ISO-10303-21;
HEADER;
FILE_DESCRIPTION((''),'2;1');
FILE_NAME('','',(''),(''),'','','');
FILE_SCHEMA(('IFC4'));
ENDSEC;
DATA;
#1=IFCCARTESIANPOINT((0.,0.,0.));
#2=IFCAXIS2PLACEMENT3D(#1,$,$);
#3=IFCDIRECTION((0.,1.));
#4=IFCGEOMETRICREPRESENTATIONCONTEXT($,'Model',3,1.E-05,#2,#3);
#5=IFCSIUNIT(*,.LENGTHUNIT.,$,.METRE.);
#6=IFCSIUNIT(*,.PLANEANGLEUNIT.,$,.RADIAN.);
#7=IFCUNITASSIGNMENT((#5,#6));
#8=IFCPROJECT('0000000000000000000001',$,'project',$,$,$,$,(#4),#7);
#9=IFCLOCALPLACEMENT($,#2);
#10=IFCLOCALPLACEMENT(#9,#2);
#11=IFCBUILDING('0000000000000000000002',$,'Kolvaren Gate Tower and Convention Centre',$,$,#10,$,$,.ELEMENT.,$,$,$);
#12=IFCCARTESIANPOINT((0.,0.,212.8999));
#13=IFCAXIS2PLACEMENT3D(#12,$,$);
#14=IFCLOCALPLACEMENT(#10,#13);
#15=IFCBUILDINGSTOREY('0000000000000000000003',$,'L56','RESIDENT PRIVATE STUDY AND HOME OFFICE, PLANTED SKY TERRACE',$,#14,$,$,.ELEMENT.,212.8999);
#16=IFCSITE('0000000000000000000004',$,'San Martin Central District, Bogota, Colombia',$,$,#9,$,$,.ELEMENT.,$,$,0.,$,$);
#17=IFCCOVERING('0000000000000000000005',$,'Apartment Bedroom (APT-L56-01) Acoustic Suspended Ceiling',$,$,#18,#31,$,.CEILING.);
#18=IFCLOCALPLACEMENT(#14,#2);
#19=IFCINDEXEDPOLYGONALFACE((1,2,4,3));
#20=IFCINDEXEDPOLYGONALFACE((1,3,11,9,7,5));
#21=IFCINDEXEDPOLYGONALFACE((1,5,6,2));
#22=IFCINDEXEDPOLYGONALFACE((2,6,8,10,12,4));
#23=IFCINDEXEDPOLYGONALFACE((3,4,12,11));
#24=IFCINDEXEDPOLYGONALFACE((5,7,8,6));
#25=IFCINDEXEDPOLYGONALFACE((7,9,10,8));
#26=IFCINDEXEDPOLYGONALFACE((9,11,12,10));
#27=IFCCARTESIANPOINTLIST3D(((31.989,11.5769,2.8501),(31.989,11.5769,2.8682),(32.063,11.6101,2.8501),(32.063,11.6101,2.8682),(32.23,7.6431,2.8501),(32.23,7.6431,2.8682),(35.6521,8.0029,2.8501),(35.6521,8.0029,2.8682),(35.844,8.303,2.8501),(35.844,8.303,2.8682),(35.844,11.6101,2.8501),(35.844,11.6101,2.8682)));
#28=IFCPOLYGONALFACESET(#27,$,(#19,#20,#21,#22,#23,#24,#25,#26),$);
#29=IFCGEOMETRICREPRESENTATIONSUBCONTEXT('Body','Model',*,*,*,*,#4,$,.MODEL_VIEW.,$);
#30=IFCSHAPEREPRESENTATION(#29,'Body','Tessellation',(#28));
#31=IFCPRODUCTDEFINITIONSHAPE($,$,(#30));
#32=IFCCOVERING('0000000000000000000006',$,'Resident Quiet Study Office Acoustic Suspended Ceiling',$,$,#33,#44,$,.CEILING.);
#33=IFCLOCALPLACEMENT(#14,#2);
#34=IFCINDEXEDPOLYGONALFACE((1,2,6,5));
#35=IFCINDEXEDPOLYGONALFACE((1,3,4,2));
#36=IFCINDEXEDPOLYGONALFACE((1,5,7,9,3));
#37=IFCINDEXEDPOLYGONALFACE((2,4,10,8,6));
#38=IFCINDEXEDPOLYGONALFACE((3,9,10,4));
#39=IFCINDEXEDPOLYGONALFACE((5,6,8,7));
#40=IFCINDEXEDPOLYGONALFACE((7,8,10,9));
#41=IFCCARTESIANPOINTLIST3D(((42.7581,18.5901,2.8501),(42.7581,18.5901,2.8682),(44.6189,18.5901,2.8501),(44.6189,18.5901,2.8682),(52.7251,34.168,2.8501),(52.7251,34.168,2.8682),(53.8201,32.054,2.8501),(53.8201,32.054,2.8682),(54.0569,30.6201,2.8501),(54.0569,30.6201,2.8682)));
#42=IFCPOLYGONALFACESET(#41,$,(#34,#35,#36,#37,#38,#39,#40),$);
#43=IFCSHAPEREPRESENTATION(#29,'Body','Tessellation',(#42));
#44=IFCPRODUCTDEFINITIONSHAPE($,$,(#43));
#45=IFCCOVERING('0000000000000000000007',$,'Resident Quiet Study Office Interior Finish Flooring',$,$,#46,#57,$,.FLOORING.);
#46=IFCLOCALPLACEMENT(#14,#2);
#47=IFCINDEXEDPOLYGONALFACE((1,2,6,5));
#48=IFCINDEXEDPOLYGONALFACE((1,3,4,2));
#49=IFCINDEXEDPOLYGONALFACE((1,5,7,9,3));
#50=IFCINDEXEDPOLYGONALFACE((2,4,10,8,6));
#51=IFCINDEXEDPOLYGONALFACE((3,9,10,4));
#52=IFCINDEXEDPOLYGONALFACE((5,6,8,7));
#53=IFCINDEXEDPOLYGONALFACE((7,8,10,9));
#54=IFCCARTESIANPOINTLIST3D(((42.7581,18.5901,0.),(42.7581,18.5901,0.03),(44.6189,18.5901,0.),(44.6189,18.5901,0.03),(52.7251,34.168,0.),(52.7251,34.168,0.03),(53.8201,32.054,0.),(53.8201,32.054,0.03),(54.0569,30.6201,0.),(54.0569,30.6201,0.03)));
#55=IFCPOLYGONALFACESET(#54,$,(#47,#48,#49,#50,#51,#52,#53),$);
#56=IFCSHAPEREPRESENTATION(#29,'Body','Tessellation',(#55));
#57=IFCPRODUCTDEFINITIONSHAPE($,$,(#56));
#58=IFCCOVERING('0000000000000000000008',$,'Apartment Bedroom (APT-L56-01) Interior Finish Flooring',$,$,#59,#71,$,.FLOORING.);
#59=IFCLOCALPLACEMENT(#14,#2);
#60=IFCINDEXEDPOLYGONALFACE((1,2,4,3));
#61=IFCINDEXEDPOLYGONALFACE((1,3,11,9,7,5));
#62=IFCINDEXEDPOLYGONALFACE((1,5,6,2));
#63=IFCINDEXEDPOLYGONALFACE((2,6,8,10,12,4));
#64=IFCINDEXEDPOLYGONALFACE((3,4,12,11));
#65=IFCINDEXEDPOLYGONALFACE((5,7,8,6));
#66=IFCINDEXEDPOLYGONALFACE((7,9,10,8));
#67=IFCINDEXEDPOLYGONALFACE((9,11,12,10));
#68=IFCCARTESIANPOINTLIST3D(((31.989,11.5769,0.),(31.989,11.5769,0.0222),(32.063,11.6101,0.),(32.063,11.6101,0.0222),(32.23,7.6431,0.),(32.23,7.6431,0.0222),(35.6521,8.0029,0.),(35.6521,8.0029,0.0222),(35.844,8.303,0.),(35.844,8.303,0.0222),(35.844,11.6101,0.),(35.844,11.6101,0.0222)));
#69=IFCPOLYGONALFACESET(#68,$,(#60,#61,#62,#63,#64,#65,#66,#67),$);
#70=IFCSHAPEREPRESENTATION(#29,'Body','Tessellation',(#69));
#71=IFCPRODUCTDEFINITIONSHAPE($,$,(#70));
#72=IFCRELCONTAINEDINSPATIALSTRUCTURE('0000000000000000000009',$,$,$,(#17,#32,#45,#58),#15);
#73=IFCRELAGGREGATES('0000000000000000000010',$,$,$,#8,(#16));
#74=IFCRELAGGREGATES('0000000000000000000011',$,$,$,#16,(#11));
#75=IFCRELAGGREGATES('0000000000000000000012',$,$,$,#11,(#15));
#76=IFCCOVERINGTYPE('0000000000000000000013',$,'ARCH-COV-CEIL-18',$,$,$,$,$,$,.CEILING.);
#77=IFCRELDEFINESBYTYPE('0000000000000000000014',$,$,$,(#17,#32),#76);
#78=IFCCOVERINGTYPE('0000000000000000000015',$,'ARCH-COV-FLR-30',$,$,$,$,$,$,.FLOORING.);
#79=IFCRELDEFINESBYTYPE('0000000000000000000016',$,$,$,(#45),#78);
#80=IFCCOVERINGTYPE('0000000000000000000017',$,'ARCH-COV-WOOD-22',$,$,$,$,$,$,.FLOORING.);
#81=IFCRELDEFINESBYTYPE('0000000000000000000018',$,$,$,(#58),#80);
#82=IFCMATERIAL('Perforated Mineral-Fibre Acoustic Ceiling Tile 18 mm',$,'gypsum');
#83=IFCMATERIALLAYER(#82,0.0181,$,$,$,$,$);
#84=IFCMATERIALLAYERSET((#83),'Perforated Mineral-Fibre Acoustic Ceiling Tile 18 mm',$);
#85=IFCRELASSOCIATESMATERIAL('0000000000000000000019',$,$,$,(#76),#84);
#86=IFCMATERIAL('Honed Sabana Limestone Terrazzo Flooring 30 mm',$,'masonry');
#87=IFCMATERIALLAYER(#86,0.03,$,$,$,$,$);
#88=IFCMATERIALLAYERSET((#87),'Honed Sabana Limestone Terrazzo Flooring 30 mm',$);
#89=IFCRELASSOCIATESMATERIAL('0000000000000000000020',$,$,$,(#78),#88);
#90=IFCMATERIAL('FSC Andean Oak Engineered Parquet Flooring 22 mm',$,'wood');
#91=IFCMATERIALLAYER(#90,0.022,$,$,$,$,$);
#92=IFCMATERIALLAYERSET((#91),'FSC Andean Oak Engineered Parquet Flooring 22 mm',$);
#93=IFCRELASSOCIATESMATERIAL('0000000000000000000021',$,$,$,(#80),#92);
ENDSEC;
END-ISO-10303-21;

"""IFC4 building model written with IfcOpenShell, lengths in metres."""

from ifc_helpers import new_model, si_unit, direction, frame, origin, place, context, subcontext, project, spatial, polyline, outline, extrude, material, layer, layer_set, type_object, element, save


model = new_model("IFC4")

# Units and contexts
model_context = context("Model", 3, precision=1e-05, world=origin(), true_north=direction((0.0, 1.0)))
body_context = subcontext(model_context, "Body", "Model", "MODEL_VIEW")
ifc_project = project(units=[si_unit("LENGTHUNIT", "METRE"), si_unit("PLANEANGLEUNIT", "RADIAN")], contexts=[model_context])

# Site, building, storey
site_placement = place(None, origin())
site = spatial("IfcSite", under=ifc_project, at=site_placement, Name="San Martin Central District, Bogota, Colombia", CompositionType="ELEMENT", RefElevation=0.0)
building_placement = place(site_placement, origin())
building = spatial("IfcBuilding", under=site, at=building_placement, Name="Kolvaren Gate Tower and Convention Centre", CompositionType="ELEMENT")
storey_placement = place(building_placement, frame((0.0, 0.0, 212.8999)))
storey = spatial("IfcBuildingStorey", under=building, at=storey_placement, Name="L56", Description="RESIDENT PRIVATE STUDY AND HOME OFFICE, PLANTED SKY TERRACE", CompositionType="ELEMENT", Elevation=212.8999)

# Coverings
ifc_material_1 = material(Name="Perforated Mineral-Fibre Acoustic Ceiling Tile 18 mm", Category="gypsum")
ifc_layer_1 = layer(ifc_material_1, 0.0181)
ifc_layer_set_1 = layer_set([ifc_layer_1], Name="Perforated Mineral-Fibre Acoustic Ceiling Tile 18 mm")
covering_type_1 = type_object("IfcCoveringType", Name="ARCH-COV-CEIL-18", PredefinedType="CEILING", material=ifc_layer_set_1)
covering_1_placement = place(storey_placement, frame((0.0, 0.0, 2.8501)))
element("IfcCovering", 1, at=covering_1_placement, inside=storey, type_object=covering_type_1, Name="Apartment Bedroom (APT-L56-01) Acoustic Suspended Ceiling", PredefinedType="CEILING", context=body_context, shape_type="SweptSolid", body=[
    extrude(outline(polyline([(31.989, 11.5769), (32.063, 11.6101), (35.844, 11.6101), (35.844, 8.303), (35.6521, 8.0029), (32.23, 7.6431), (31.989, 11.5769)])), origin(), (0.0, 0.0, 1.0), 0.0181),
])
covering_2_placement = place(storey_placement, frame((0.0, 0.0, 2.8501)))
element("IfcCovering", 2, at=covering_2_placement, inside=storey, type_object=covering_type_1, Name="Resident Quiet Study Office Acoustic Suspended Ceiling", PredefinedType="CEILING", context=body_context, shape_type="SweptSolid", body=[
    extrude(outline(polyline([(44.6189, 18.5901), (42.7581, 18.5901), (52.7251, 34.168), (53.8201, 32.054), (54.0569, 30.6201), (44.6189, 18.5901)])), origin(), (0.0, 0.0, 1.0), 0.0181),
])
ifc_material_2 = material(Name="Honed Sabana Limestone Terrazzo Flooring 30 mm", Category="masonry")
ifc_layer_2 = layer(ifc_material_2, 0.03)
ifc_layer_set_2 = layer_set([ifc_layer_2], Name="Honed Sabana Limestone Terrazzo Flooring 30 mm")
covering_type_2 = type_object("IfcCoveringType", Name="ARCH-COV-FLR-30", PredefinedType="FLOORING", material=ifc_layer_set_2)
covering_3_placement = place(storey_placement, origin())
element("IfcCovering", 3, at=covering_3_placement, inside=storey, type_object=covering_type_2, Name="Resident Quiet Study Office Interior Finish Flooring", PredefinedType="FLOORING", context=body_context, shape_type="SweptSolid", body=[
    extrude(outline(polyline([(44.6189, 18.5901), (42.7581, 18.5901), (52.7251, 34.168), (53.8201, 32.054), (54.0569, 30.6201), (44.6189, 18.5901)])), origin(), (0.0, 0.0, 1.0), 0.03),
])
ifc_material_3 = material(Name="FSC Andean Oak Engineered Parquet Flooring 22 mm", Category="wood")
ifc_layer_3 = layer(ifc_material_3, 0.022)
ifc_layer_set_3 = layer_set([ifc_layer_3], Name="FSC Andean Oak Engineered Parquet Flooring 22 mm")
covering_type_3 = type_object("IfcCoveringType", Name="ARCH-COV-WOOD-22", PredefinedType="FLOORING", material=ifc_layer_set_3)
covering_4_placement = place(storey_placement, origin())
element("IfcCovering", 4, at=covering_4_placement, inside=storey, type_object=covering_type_3, Name="Apartment Bedroom (APT-L56-01) Interior Finish Flooring", PredefinedType="FLOORING", context=body_context, shape_type="SweptSolid", body=[
    extrude(outline(polyline([(31.989, 11.5769), (32.063, 11.6101), (35.844, 11.6101), (35.844, 8.303), (35.6521, 8.0029), (32.23, 7.6431), (31.989, 11.5769)])), origin(), (0.0, 0.0, 1.0), 0.0222),
])

save(model, "model.ifc")
